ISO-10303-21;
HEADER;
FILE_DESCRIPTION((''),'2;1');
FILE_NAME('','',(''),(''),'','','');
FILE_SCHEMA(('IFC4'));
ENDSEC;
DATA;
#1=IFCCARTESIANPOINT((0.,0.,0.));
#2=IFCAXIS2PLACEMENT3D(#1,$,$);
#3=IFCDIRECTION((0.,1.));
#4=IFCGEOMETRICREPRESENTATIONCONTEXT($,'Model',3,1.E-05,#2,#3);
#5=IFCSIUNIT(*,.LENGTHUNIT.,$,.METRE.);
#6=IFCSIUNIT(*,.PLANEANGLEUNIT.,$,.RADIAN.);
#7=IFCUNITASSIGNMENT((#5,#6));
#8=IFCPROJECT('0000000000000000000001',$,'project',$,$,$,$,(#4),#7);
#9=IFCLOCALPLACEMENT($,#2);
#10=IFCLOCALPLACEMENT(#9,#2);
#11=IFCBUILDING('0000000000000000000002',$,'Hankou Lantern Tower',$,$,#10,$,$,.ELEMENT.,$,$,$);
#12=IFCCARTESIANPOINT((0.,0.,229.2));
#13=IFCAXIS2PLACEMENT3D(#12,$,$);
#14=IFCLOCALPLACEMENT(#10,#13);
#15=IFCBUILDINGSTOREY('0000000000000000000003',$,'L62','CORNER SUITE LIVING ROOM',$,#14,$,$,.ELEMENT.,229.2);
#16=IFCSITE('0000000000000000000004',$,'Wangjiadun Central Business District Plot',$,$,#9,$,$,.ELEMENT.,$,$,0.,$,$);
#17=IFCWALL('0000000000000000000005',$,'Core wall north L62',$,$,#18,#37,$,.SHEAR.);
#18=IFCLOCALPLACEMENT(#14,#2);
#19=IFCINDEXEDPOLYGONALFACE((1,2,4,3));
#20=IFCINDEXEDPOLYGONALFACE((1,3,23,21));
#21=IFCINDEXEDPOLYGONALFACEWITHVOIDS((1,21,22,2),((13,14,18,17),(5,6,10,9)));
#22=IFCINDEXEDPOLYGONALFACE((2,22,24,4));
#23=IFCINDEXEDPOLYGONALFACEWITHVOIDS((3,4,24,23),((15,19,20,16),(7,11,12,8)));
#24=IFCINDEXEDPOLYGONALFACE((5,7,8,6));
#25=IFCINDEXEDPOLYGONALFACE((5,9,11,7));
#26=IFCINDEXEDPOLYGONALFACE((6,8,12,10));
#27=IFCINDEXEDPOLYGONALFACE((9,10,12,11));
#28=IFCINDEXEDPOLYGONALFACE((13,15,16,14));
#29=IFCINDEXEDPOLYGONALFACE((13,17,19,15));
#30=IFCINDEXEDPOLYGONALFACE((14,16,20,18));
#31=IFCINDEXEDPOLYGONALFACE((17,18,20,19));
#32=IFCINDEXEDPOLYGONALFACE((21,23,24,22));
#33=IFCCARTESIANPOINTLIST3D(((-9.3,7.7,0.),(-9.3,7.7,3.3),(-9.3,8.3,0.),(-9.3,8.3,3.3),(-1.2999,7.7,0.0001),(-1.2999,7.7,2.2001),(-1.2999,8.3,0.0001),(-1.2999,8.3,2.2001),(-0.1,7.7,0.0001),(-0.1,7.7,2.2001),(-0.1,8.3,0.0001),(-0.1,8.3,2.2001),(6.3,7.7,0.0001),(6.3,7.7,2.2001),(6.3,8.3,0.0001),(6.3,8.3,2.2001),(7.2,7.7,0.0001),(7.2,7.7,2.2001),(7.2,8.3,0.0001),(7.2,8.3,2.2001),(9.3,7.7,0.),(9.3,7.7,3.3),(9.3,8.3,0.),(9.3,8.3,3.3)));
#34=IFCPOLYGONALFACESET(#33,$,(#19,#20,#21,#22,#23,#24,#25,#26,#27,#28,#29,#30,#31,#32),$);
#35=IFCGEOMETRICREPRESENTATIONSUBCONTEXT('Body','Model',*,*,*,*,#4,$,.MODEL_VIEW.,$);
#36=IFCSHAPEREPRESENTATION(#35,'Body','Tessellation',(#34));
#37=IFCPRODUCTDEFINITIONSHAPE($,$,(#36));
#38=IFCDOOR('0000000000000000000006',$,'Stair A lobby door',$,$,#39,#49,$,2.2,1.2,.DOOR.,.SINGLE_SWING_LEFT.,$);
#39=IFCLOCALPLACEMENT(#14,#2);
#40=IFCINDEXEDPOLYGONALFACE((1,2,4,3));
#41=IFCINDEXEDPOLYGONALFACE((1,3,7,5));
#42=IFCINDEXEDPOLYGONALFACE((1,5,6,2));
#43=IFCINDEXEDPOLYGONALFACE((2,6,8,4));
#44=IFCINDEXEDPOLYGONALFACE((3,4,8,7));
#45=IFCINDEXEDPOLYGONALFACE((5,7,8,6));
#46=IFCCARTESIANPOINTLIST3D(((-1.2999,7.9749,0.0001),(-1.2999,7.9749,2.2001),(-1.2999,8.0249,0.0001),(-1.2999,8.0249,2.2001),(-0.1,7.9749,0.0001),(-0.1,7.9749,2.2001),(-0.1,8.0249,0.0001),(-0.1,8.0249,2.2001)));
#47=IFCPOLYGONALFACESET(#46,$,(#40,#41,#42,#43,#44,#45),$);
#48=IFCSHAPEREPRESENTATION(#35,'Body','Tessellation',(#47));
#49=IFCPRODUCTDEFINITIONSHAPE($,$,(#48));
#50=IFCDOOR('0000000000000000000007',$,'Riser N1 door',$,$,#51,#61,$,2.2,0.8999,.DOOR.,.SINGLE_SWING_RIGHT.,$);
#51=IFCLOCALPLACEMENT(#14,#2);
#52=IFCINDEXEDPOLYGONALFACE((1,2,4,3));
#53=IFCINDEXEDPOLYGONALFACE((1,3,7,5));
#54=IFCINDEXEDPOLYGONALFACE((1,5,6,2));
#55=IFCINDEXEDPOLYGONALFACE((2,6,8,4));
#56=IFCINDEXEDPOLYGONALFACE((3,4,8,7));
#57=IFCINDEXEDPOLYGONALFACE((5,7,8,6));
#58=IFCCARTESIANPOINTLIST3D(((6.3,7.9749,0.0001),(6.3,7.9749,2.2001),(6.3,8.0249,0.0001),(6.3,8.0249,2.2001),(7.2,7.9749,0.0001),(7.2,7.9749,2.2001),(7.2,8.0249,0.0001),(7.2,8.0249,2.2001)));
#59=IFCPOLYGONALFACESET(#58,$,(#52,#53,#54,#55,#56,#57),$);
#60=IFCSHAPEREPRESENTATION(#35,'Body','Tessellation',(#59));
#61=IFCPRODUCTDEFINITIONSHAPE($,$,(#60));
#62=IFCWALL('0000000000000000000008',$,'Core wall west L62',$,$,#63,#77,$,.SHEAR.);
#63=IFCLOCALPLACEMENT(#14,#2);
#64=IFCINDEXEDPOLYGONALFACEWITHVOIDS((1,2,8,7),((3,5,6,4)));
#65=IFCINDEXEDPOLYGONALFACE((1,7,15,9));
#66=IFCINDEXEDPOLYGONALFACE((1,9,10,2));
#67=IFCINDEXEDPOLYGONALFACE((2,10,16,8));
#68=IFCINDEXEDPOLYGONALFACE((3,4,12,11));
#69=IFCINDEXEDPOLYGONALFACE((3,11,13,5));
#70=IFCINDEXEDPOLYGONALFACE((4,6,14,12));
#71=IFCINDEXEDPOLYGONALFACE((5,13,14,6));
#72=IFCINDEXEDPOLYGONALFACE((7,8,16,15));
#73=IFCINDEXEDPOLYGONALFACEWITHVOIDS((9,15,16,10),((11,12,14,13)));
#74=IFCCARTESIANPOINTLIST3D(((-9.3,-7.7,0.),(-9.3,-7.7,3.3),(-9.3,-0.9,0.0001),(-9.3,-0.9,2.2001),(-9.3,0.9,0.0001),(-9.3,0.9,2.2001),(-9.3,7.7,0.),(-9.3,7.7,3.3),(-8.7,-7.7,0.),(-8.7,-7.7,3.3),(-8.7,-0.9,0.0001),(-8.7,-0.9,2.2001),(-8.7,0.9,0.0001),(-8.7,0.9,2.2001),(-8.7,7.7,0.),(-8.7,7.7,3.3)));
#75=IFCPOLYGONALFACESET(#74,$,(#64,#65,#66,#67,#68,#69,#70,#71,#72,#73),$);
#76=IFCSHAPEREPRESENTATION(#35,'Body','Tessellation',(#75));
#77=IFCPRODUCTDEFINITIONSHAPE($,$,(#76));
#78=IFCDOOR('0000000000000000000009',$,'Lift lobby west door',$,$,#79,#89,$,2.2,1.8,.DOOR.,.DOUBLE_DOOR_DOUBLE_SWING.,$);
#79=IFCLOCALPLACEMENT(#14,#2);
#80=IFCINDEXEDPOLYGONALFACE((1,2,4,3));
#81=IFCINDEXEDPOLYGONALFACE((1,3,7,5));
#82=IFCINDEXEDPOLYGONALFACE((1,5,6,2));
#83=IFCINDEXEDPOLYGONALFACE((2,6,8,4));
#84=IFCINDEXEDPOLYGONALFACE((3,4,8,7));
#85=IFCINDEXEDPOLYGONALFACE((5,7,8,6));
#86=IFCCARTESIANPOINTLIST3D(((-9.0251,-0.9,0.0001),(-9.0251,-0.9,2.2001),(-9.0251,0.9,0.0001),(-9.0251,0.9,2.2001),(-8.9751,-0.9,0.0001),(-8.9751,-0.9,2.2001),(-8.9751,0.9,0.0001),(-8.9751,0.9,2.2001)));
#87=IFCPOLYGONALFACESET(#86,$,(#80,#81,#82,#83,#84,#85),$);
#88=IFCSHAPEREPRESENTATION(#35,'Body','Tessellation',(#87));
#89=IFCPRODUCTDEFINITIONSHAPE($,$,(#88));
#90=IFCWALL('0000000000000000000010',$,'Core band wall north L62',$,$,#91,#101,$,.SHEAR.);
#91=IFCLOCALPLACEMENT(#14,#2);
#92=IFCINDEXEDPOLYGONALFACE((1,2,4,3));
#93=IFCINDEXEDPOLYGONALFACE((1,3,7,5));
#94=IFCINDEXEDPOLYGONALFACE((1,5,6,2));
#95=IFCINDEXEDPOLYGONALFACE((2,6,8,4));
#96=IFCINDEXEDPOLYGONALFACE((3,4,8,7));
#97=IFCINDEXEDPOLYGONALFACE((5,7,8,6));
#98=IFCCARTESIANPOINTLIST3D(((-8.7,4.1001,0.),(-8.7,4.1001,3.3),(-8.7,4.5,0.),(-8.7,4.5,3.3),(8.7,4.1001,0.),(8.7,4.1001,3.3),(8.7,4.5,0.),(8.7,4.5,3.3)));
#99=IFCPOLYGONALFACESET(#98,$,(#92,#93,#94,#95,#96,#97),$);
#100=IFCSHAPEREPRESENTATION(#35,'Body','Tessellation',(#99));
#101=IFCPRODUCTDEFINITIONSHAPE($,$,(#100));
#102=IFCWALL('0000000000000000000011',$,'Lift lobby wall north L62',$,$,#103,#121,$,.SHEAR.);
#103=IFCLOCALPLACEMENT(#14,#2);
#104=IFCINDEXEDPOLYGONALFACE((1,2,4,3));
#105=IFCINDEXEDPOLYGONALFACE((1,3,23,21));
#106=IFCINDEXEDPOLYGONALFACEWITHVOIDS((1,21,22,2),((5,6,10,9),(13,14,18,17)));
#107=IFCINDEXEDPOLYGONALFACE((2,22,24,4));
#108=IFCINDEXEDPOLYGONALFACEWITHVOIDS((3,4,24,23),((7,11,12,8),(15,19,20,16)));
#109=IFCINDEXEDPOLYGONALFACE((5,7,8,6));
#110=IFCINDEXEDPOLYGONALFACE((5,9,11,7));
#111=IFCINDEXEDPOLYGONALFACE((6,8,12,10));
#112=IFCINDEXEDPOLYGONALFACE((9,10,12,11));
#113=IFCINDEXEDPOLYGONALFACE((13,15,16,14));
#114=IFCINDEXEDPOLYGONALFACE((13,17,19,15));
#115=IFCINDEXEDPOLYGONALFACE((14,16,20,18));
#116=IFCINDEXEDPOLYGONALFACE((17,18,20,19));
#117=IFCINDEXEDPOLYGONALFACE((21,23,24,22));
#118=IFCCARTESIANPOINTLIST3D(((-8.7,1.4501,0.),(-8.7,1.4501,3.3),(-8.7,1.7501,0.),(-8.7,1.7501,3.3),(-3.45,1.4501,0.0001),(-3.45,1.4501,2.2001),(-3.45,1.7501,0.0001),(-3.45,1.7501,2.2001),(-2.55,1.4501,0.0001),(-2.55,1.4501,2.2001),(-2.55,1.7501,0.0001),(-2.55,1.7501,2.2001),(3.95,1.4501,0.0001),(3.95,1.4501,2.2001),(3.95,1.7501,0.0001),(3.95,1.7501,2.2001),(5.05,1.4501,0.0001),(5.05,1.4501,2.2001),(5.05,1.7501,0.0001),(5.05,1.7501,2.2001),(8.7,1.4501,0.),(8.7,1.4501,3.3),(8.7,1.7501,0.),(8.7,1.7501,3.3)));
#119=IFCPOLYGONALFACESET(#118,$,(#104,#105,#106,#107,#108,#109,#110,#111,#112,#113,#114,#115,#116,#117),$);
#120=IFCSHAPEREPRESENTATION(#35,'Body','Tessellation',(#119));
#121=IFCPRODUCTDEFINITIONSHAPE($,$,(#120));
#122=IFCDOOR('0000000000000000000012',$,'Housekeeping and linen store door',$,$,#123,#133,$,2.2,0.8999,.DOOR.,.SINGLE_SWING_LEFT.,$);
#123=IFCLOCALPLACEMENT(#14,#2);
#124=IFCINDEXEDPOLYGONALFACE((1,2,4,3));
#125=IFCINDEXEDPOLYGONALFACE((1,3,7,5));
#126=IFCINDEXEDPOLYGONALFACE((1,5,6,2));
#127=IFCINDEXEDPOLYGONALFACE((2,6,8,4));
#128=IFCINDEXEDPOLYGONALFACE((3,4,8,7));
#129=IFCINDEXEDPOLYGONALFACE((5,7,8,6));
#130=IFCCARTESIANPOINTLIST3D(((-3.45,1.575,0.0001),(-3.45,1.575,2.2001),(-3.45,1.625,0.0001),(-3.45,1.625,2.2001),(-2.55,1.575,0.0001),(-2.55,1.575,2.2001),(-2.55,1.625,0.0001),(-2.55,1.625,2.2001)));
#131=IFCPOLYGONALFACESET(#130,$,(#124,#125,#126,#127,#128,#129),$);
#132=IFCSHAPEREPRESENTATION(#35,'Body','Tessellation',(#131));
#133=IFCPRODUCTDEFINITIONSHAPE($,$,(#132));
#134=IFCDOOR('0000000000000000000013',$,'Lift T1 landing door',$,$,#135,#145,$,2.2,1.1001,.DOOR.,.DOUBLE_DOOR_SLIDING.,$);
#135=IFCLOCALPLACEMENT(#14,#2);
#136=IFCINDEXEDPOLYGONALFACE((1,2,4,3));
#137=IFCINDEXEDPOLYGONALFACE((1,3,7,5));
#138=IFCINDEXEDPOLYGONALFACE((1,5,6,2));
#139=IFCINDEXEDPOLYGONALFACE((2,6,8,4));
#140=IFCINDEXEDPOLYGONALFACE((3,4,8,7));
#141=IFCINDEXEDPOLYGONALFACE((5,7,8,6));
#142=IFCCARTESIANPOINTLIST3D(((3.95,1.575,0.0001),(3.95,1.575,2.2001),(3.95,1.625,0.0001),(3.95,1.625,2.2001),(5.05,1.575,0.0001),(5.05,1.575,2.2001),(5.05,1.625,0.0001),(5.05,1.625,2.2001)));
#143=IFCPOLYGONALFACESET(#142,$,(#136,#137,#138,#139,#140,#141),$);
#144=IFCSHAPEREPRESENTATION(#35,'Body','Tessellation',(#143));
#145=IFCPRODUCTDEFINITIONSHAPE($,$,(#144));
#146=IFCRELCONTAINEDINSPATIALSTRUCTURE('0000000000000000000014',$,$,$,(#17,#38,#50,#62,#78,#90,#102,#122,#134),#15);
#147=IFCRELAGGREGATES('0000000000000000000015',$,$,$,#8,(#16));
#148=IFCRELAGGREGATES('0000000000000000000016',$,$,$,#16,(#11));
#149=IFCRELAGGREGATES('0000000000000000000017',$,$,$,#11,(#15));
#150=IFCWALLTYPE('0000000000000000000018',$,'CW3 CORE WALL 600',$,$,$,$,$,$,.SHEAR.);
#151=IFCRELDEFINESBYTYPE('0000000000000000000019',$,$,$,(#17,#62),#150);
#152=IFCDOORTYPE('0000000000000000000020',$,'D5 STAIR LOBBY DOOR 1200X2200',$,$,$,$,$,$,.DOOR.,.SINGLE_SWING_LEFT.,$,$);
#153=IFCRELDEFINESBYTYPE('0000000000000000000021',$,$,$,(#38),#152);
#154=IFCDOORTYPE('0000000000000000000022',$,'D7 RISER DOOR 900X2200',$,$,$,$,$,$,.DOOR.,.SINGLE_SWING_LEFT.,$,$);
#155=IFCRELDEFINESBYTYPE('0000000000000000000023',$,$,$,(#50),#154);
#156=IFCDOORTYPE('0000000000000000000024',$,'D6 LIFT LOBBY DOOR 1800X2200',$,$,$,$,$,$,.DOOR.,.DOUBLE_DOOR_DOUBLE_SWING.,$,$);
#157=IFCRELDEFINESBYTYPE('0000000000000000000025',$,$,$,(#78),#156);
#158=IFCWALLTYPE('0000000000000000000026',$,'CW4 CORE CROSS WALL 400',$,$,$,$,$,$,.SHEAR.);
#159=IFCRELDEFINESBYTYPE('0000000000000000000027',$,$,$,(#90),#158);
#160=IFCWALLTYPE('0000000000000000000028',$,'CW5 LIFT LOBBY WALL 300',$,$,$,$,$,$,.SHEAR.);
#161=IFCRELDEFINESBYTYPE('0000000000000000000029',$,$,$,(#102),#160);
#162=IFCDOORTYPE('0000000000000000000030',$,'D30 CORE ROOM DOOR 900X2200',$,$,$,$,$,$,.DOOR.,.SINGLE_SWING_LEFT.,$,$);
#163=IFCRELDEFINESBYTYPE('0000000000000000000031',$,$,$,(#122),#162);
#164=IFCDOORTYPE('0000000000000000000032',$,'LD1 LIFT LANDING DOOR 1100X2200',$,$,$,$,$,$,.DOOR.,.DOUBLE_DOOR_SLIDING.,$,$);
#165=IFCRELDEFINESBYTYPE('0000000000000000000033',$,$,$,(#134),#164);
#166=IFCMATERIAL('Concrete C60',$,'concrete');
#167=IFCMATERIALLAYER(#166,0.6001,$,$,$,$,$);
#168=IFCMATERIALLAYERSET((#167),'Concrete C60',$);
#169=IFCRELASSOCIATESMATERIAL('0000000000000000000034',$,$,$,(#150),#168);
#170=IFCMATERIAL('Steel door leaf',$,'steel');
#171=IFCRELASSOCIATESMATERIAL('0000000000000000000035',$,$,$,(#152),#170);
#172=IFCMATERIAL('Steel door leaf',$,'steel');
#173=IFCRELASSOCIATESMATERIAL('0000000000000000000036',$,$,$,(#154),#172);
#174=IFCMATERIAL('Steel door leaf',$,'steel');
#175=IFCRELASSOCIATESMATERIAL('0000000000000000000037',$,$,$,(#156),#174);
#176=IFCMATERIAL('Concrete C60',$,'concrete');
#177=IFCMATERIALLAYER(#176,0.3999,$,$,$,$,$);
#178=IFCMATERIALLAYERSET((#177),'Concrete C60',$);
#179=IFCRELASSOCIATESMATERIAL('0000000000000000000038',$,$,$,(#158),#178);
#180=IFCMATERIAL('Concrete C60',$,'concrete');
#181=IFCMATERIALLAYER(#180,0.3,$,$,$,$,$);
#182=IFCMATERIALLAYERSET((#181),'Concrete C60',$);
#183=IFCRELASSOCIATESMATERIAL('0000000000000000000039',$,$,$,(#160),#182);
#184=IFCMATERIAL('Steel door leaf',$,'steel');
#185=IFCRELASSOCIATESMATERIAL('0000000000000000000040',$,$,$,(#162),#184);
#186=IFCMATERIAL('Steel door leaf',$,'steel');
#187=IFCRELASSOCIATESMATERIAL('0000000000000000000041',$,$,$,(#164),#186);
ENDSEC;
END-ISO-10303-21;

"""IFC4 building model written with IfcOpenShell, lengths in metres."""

from ifc_helpers import new_model, si_unit, direction, frame, frame_2d, origin, place, context, subcontext, project, spatial, rectangle, extrude, material, layer, layer_set, type_object, element, fill, save


model = new_model("IFC4")

# Units and contexts
model_context = context("Model", 3, precision=1e-05, world=origin(), true_north=direction((0.0, 1.0)))
body_context = subcontext(model_context, "Body", "Model", "MODEL_VIEW")
ifc_project = project(units=[si_unit("LENGTHUNIT", "METRE"), si_unit("PLANEANGLEUNIT", "RADIAN")], contexts=[model_context])

# Site, building, storey
site_placement = place(None, origin())
site = spatial("IfcSite", under=ifc_project, at=site_placement, Name="Wangjiadun Central Business District Plot", CompositionType="ELEMENT", RefElevation=0.0)
building_placement = place(site_placement, origin())
building = spatial("IfcBuilding", under=site, at=building_placement, Name="Hankou Lantern Tower", CompositionType="ELEMENT")
storey_placement = place(building_placement, frame((0.0, 0.0, 229.2)))
storey = spatial("IfcBuildingStorey", under=building, at=storey_placement, Name="L62", Description="CORNER SUITE LIVING ROOM", CompositionType="ELEMENT", Elevation=229.2)

# Wall, openings, doors
ifc_material_1 = material(Name="Concrete C60", Category="concrete")
ifc_layer_1 = layer(ifc_material_1, 0.6001)
ifc_layer_set_1 = layer_set([ifc_layer_1], Name="Concrete C60")
wall_type_1 = type_object("IfcWallType", Name="CW3 CORE WALL 600", PredefinedType="SHEAR", material=ifc_layer_set_1)
wall_1_placement = place(storey_placement, frame((-9.3, 8.0, 0.0), z_axis=(0.0, 0.0, 1.0), x_axis=(1.0, 0.0, 0.0)))
wall_1 = element("IfcWall", 1, at=wall_1_placement, inside=storey, type_object=wall_type_1, Name="Core wall north L62", PredefinedType="SHEAR", context=body_context, shape_type="SweptSolid", body=[
    extrude(rectangle(XDim=18.6001, YDim=0.6001, at=frame_2d((9.3, 0.0))), origin(), (0.0, 0.0, 1.0), 3.3),
])
opening_1_placement = place(wall_1_placement, frame((8.0, 0.0, 0.0)))
opening_1 = element("IfcOpeningElement", 2, at=opening_1_placement, cuts=wall_1, PredefinedType="OPENING", context=body_context, shape_type="SweptSolid", body=[
    extrude(rectangle(XDim=1.2, YDim=2.2, at=frame_2d((0.6001, 1.1001))), frame((0.0, 0.3101, 0.0), z_axis=(0.0, -1.0, 0.0), x_axis=(1.0, 0.0, 0.0)), (0.0, 0.0, 1.0), 0.6201),
])
opening_2_placement = place(wall_1_placement, frame((15.6001, 0.0, 0.0)))
opening_2 = element("IfcOpeningElement", 3, at=opening_2_placement, cuts=wall_1, PredefinedType="OPENING", context=body_context, shape_type="SweptSolid", body=[
    extrude(rectangle(XDim=0.8999, YDim=2.2, at=frame_2d((0.45, 1.1001))), frame((0.0, 0.3101, 0.0), z_axis=(0.0, -1.0, 0.0), x_axis=(1.0, 0.0, 0.0)), (0.0, 0.0, 1.0), 0.6201),
])
ifc_material_2 = material(Name="Steel door leaf", Category="steel")
door_type_1 = type_object("IfcDoorType", Name="D5 STAIR LOBBY DOOR 1200X2200", OperationType="SINGLE_SWING_LEFT", PredefinedType="DOOR", material=ifc_material_2)
door_1_placement = place(opening_1_placement, origin())
door_1 = element("IfcDoor", 4, at=door_1_placement, inside=storey, type_object=door_type_1, Name="Stair A lobby door", OperationType="SINGLE_SWING_LEFT", OverallHeight=2.2, OverallWidth=1.2, PredefinedType="DOOR", context=body_context, shape_type="SweptSolid", body=[
    extrude(rectangle(XDim=1.2, YDim=2.2, at=frame_2d((0.6001, 1.1001))), frame((0.0, 0.0249, 0.0), z_axis=(0.0, -1.0, 0.0), x_axis=(1.0, 0.0, 0.0)), (0.0, 0.0, 1.0), 0.05),
])
fill(opening_1, door_1)
ifc_material_3 = material(Name="Steel door leaf", Category="steel")
door_type_2 = type_object("IfcDoorType", Name="D7 RISER DOOR 900X2200", OperationType="SINGLE_SWING_LEFT", PredefinedType="DOOR", material=ifc_material_3)
door_2_placement = place(opening_2_placement, origin())
door_2 = element("IfcDoor", 5, at=door_2_placement, inside=storey, type_object=door_type_2, Name="Riser N1 door", OperationType="SINGLE_SWING_RIGHT", OverallHeight=2.2, OverallWidth=0.8999, PredefinedType="DOOR", context=body_context, shape_type="SweptSolid", body=[
    extrude(rectangle(XDim=0.8999, YDim=2.2, at=frame_2d((0.45, 1.1001))), frame((0.0, 0.0249, 0.0), z_axis=(0.0, -1.0, 0.0), x_axis=(1.0, 0.0, 0.0)), (0.0, 0.0, 1.0), 0.05),
])
fill(opening_2, door_2)

# Wall, opening, door
wall_2_placement = place(storey_placement, frame((-9.0, 7.7, 0.0), z_axis=(0.0, 0.0, 1.0), x_axis=(0.0, -1.0, 0.0)))
wall_2 = element("IfcWall", 6, at=wall_2_placement, inside=storey, type_object=wall_type_1, Name="Core wall west L62", PredefinedType="SHEAR", context=body_context, shape_type="SweptSolid", body=[
    extrude(rectangle(XDim=15.3999, YDim=0.6001, at=frame_2d((7.7, 0.0))), origin(), (0.0, 0.0, 1.0), 3.3),
])
opening_3_placement = place(wall_2_placement, frame((6.8, 0.0, 0.0)))
opening_3 = element("IfcOpeningElement", 7, at=opening_3_placement, cuts=wall_2, PredefinedType="OPENING", context=body_context, shape_type="SweptSolid", body=[
    extrude(rectangle(XDim=1.8, YDim=2.2, at=frame_2d((0.8999, 1.1001))), frame((0.0, 0.3101, 0.0), z_axis=(0.0, -1.0, 0.0), x_axis=(1.0, 0.0, 0.0)), (0.0, 0.0, 1.0), 0.6201),
])
ifc_material_4 = material(Name="Steel door leaf", Category="steel")
door_type_3 = type_object("IfcDoorType", Name="D6 LIFT LOBBY DOOR 1800X2200", OperationType="DOUBLE_DOOR_DOUBLE_SWING", PredefinedType="DOOR", material=ifc_material_4)
door_3_placement = place(opening_3_placement, origin())
door_3 = element("IfcDoor", 8, at=door_3_placement, inside=storey, type_object=door_type_3, Name="Lift lobby west door", OperationType="DOUBLE_DOOR_DOUBLE_SWING", OverallHeight=2.2, OverallWidth=1.8, PredefinedType="DOOR", context=body_context, shape_type="SweptSolid", body=[
    extrude(rectangle(XDim=1.8, YDim=2.2, at=frame_2d((0.8999, 1.1001))), frame((0.0, 0.0249, 0.0), z_axis=(0.0, -1.0, 0.0), x_axis=(1.0, 0.0, 0.0)), (0.0, 0.0, 1.0), 0.05),
])
fill(opening_3, door_3)

# Wall
ifc_material_5 = material(Name="Concrete C60", Category="concrete")
ifc_layer_2 = layer(ifc_material_5, 0.3999)
ifc_layer_set_2 = layer_set([ifc_layer_2], Name="Concrete C60")
wall_type_2 = type_object("IfcWallType", Name="CW4 CORE CROSS WALL 400", PredefinedType="SHEAR", material=ifc_layer_set_2)
wall_3_placement = place(storey_placement, frame((-8.7, 4.3, 0.0), z_axis=(0.0, 0.0, 1.0), x_axis=(1.0, 0.0, 0.0)))
element("IfcWall", 9, at=wall_3_placement, inside=storey, type_object=wall_type_2, Name="Core band wall north L62", PredefinedType="SHEAR", context=body_context, shape_type="SweptSolid", body=[
    extrude(rectangle(XDim=17.3999, YDim=0.3999, at=frame_2d((8.7, 0.0))), origin(), (0.0, 0.0, 1.0), 3.3),
])

# Wall, openings, doors
ifc_material_6 = material(Name="Concrete C60", Category="concrete")
ifc_layer_3 = layer(ifc_material_6, 0.3)
ifc_layer_set_3 = layer_set([ifc_layer_3], Name="Concrete C60")
wall_type_3 = type_object("IfcWallType", Name="CW5 LIFT LOBBY WALL 300", PredefinedType="SHEAR", material=ifc_layer_set_3)
wall_4_placement = place(storey_placement, frame((-8.7, 1.6001, 0.0), z_axis=(0.0, 0.0, 1.0), x_axis=(1.0, 0.0, 0.0)))
wall_4 = element("IfcWall", 10, at=wall_4_placement, inside=storey, type_object=wall_type_3, Name="Lift lobby wall north L62", PredefinedType="SHEAR", context=body_context, shape_type="SweptSolid", body=[
    extrude(rectangle(XDim=17.3999, YDim=0.3, at=frame_2d((8.7, 0.0))), origin(), (0.0, 0.0, 1.0), 3.3),
])
opening_4_placement = place(wall_4_placement, frame((12.6499, 0.0, 0.0)))
opening_4 = element("IfcOpeningElement", 11, at=opening_4_placement, cuts=wall_4, PredefinedType="OPENING", context=body_context, shape_type="SweptSolid", body=[
    extrude(rectangle(XDim=1.1001, YDim=2.2, at=frame_2d((0.55, 1.1001))), frame((0.0, 0.1599, 0.0), z_axis=(0.0, -1.0, 0.0), x_axis=(1.0, 0.0, 0.0)), (0.0, 0.0, 1.0), 0.3201),
])
opening_5_placement = place(wall_4_placement, frame((5.25, 0.0, 0.0)))
opening_5 = element("IfcOpeningElement", 12, at=opening_5_placement, cuts=wall_4, PredefinedType="OPENING", context=body_context, shape_type="SweptSolid", body=[
    extrude(rectangle(XDim=0.8999, YDim=2.2, at=frame_2d((0.45, 1.1001))), frame((0.0, 0.1599, 0.0), z_axis=(0.0, -1.0, 0.0), x_axis=(1.0, 0.0, 0.0)), (0.0, 0.0, 1.0), 0.3201),
])
ifc_material_7 = material(Name="Steel door leaf", Category="steel")
door_type_4 = type_object("IfcDoorType", Name="D30 CORE ROOM DOOR 900X2200", OperationType="SINGLE_SWING_LEFT", PredefinedType="DOOR", material=ifc_material_7)
door_4_placement = place(opening_5_placement, origin())
door_4 = element("IfcDoor", 13, at=door_4_placement, inside=storey, type_object=door_type_4, Name="Housekeeping and linen store door", OperationType="SINGLE_SWING_LEFT", OverallHeight=2.2, OverallWidth=0.8999, PredefinedType="DOOR", context=body_context, shape_type="SweptSolid", body=[
    extrude(rectangle(XDim=0.8999, YDim=2.2, at=frame_2d((0.45, 1.1001))), frame((0.0, 0.0249, 0.0), z_axis=(0.0, -1.0, 0.0), x_axis=(1.0, 0.0, 0.0)), (0.0, 0.0, 1.0), 0.05),
])
fill(opening_5, door_4)
ifc_material_8 = material(Name="Steel door leaf", Category="steel")
door_type_5 = type_object("IfcDoorType", Name="LD1 LIFT LANDING DOOR 1100X2200", OperationType="DOUBLE_DOOR_SLIDING", PredefinedType="DOOR", material=ifc_material_8)
door_5_placement = place(opening_4_placement, origin())
door_5 = element("IfcDoor", 14, at=door_5_placement, inside=storey, type_object=door_type_5, Name="Lift T1 landing door", OperationType="DOUBLE_DOOR_SLIDING", OverallHeight=2.2, OverallWidth=1.1001, PredefinedType="DOOR", context=body_context, shape_type="SweptSolid", body=[
    extrude(rectangle(XDim=1.1001, YDim=2.2, at=frame_2d((0.55, 1.1001))), frame((0.0, 0.0249, 0.0), z_axis=(0.0, -1.0, 0.0), x_axis=(1.0, 0.0, 0.0)), (0.0, 0.0, 1.0), 0.05),
])
fill(opening_4, door_5)

save(model, "model.ifc")
